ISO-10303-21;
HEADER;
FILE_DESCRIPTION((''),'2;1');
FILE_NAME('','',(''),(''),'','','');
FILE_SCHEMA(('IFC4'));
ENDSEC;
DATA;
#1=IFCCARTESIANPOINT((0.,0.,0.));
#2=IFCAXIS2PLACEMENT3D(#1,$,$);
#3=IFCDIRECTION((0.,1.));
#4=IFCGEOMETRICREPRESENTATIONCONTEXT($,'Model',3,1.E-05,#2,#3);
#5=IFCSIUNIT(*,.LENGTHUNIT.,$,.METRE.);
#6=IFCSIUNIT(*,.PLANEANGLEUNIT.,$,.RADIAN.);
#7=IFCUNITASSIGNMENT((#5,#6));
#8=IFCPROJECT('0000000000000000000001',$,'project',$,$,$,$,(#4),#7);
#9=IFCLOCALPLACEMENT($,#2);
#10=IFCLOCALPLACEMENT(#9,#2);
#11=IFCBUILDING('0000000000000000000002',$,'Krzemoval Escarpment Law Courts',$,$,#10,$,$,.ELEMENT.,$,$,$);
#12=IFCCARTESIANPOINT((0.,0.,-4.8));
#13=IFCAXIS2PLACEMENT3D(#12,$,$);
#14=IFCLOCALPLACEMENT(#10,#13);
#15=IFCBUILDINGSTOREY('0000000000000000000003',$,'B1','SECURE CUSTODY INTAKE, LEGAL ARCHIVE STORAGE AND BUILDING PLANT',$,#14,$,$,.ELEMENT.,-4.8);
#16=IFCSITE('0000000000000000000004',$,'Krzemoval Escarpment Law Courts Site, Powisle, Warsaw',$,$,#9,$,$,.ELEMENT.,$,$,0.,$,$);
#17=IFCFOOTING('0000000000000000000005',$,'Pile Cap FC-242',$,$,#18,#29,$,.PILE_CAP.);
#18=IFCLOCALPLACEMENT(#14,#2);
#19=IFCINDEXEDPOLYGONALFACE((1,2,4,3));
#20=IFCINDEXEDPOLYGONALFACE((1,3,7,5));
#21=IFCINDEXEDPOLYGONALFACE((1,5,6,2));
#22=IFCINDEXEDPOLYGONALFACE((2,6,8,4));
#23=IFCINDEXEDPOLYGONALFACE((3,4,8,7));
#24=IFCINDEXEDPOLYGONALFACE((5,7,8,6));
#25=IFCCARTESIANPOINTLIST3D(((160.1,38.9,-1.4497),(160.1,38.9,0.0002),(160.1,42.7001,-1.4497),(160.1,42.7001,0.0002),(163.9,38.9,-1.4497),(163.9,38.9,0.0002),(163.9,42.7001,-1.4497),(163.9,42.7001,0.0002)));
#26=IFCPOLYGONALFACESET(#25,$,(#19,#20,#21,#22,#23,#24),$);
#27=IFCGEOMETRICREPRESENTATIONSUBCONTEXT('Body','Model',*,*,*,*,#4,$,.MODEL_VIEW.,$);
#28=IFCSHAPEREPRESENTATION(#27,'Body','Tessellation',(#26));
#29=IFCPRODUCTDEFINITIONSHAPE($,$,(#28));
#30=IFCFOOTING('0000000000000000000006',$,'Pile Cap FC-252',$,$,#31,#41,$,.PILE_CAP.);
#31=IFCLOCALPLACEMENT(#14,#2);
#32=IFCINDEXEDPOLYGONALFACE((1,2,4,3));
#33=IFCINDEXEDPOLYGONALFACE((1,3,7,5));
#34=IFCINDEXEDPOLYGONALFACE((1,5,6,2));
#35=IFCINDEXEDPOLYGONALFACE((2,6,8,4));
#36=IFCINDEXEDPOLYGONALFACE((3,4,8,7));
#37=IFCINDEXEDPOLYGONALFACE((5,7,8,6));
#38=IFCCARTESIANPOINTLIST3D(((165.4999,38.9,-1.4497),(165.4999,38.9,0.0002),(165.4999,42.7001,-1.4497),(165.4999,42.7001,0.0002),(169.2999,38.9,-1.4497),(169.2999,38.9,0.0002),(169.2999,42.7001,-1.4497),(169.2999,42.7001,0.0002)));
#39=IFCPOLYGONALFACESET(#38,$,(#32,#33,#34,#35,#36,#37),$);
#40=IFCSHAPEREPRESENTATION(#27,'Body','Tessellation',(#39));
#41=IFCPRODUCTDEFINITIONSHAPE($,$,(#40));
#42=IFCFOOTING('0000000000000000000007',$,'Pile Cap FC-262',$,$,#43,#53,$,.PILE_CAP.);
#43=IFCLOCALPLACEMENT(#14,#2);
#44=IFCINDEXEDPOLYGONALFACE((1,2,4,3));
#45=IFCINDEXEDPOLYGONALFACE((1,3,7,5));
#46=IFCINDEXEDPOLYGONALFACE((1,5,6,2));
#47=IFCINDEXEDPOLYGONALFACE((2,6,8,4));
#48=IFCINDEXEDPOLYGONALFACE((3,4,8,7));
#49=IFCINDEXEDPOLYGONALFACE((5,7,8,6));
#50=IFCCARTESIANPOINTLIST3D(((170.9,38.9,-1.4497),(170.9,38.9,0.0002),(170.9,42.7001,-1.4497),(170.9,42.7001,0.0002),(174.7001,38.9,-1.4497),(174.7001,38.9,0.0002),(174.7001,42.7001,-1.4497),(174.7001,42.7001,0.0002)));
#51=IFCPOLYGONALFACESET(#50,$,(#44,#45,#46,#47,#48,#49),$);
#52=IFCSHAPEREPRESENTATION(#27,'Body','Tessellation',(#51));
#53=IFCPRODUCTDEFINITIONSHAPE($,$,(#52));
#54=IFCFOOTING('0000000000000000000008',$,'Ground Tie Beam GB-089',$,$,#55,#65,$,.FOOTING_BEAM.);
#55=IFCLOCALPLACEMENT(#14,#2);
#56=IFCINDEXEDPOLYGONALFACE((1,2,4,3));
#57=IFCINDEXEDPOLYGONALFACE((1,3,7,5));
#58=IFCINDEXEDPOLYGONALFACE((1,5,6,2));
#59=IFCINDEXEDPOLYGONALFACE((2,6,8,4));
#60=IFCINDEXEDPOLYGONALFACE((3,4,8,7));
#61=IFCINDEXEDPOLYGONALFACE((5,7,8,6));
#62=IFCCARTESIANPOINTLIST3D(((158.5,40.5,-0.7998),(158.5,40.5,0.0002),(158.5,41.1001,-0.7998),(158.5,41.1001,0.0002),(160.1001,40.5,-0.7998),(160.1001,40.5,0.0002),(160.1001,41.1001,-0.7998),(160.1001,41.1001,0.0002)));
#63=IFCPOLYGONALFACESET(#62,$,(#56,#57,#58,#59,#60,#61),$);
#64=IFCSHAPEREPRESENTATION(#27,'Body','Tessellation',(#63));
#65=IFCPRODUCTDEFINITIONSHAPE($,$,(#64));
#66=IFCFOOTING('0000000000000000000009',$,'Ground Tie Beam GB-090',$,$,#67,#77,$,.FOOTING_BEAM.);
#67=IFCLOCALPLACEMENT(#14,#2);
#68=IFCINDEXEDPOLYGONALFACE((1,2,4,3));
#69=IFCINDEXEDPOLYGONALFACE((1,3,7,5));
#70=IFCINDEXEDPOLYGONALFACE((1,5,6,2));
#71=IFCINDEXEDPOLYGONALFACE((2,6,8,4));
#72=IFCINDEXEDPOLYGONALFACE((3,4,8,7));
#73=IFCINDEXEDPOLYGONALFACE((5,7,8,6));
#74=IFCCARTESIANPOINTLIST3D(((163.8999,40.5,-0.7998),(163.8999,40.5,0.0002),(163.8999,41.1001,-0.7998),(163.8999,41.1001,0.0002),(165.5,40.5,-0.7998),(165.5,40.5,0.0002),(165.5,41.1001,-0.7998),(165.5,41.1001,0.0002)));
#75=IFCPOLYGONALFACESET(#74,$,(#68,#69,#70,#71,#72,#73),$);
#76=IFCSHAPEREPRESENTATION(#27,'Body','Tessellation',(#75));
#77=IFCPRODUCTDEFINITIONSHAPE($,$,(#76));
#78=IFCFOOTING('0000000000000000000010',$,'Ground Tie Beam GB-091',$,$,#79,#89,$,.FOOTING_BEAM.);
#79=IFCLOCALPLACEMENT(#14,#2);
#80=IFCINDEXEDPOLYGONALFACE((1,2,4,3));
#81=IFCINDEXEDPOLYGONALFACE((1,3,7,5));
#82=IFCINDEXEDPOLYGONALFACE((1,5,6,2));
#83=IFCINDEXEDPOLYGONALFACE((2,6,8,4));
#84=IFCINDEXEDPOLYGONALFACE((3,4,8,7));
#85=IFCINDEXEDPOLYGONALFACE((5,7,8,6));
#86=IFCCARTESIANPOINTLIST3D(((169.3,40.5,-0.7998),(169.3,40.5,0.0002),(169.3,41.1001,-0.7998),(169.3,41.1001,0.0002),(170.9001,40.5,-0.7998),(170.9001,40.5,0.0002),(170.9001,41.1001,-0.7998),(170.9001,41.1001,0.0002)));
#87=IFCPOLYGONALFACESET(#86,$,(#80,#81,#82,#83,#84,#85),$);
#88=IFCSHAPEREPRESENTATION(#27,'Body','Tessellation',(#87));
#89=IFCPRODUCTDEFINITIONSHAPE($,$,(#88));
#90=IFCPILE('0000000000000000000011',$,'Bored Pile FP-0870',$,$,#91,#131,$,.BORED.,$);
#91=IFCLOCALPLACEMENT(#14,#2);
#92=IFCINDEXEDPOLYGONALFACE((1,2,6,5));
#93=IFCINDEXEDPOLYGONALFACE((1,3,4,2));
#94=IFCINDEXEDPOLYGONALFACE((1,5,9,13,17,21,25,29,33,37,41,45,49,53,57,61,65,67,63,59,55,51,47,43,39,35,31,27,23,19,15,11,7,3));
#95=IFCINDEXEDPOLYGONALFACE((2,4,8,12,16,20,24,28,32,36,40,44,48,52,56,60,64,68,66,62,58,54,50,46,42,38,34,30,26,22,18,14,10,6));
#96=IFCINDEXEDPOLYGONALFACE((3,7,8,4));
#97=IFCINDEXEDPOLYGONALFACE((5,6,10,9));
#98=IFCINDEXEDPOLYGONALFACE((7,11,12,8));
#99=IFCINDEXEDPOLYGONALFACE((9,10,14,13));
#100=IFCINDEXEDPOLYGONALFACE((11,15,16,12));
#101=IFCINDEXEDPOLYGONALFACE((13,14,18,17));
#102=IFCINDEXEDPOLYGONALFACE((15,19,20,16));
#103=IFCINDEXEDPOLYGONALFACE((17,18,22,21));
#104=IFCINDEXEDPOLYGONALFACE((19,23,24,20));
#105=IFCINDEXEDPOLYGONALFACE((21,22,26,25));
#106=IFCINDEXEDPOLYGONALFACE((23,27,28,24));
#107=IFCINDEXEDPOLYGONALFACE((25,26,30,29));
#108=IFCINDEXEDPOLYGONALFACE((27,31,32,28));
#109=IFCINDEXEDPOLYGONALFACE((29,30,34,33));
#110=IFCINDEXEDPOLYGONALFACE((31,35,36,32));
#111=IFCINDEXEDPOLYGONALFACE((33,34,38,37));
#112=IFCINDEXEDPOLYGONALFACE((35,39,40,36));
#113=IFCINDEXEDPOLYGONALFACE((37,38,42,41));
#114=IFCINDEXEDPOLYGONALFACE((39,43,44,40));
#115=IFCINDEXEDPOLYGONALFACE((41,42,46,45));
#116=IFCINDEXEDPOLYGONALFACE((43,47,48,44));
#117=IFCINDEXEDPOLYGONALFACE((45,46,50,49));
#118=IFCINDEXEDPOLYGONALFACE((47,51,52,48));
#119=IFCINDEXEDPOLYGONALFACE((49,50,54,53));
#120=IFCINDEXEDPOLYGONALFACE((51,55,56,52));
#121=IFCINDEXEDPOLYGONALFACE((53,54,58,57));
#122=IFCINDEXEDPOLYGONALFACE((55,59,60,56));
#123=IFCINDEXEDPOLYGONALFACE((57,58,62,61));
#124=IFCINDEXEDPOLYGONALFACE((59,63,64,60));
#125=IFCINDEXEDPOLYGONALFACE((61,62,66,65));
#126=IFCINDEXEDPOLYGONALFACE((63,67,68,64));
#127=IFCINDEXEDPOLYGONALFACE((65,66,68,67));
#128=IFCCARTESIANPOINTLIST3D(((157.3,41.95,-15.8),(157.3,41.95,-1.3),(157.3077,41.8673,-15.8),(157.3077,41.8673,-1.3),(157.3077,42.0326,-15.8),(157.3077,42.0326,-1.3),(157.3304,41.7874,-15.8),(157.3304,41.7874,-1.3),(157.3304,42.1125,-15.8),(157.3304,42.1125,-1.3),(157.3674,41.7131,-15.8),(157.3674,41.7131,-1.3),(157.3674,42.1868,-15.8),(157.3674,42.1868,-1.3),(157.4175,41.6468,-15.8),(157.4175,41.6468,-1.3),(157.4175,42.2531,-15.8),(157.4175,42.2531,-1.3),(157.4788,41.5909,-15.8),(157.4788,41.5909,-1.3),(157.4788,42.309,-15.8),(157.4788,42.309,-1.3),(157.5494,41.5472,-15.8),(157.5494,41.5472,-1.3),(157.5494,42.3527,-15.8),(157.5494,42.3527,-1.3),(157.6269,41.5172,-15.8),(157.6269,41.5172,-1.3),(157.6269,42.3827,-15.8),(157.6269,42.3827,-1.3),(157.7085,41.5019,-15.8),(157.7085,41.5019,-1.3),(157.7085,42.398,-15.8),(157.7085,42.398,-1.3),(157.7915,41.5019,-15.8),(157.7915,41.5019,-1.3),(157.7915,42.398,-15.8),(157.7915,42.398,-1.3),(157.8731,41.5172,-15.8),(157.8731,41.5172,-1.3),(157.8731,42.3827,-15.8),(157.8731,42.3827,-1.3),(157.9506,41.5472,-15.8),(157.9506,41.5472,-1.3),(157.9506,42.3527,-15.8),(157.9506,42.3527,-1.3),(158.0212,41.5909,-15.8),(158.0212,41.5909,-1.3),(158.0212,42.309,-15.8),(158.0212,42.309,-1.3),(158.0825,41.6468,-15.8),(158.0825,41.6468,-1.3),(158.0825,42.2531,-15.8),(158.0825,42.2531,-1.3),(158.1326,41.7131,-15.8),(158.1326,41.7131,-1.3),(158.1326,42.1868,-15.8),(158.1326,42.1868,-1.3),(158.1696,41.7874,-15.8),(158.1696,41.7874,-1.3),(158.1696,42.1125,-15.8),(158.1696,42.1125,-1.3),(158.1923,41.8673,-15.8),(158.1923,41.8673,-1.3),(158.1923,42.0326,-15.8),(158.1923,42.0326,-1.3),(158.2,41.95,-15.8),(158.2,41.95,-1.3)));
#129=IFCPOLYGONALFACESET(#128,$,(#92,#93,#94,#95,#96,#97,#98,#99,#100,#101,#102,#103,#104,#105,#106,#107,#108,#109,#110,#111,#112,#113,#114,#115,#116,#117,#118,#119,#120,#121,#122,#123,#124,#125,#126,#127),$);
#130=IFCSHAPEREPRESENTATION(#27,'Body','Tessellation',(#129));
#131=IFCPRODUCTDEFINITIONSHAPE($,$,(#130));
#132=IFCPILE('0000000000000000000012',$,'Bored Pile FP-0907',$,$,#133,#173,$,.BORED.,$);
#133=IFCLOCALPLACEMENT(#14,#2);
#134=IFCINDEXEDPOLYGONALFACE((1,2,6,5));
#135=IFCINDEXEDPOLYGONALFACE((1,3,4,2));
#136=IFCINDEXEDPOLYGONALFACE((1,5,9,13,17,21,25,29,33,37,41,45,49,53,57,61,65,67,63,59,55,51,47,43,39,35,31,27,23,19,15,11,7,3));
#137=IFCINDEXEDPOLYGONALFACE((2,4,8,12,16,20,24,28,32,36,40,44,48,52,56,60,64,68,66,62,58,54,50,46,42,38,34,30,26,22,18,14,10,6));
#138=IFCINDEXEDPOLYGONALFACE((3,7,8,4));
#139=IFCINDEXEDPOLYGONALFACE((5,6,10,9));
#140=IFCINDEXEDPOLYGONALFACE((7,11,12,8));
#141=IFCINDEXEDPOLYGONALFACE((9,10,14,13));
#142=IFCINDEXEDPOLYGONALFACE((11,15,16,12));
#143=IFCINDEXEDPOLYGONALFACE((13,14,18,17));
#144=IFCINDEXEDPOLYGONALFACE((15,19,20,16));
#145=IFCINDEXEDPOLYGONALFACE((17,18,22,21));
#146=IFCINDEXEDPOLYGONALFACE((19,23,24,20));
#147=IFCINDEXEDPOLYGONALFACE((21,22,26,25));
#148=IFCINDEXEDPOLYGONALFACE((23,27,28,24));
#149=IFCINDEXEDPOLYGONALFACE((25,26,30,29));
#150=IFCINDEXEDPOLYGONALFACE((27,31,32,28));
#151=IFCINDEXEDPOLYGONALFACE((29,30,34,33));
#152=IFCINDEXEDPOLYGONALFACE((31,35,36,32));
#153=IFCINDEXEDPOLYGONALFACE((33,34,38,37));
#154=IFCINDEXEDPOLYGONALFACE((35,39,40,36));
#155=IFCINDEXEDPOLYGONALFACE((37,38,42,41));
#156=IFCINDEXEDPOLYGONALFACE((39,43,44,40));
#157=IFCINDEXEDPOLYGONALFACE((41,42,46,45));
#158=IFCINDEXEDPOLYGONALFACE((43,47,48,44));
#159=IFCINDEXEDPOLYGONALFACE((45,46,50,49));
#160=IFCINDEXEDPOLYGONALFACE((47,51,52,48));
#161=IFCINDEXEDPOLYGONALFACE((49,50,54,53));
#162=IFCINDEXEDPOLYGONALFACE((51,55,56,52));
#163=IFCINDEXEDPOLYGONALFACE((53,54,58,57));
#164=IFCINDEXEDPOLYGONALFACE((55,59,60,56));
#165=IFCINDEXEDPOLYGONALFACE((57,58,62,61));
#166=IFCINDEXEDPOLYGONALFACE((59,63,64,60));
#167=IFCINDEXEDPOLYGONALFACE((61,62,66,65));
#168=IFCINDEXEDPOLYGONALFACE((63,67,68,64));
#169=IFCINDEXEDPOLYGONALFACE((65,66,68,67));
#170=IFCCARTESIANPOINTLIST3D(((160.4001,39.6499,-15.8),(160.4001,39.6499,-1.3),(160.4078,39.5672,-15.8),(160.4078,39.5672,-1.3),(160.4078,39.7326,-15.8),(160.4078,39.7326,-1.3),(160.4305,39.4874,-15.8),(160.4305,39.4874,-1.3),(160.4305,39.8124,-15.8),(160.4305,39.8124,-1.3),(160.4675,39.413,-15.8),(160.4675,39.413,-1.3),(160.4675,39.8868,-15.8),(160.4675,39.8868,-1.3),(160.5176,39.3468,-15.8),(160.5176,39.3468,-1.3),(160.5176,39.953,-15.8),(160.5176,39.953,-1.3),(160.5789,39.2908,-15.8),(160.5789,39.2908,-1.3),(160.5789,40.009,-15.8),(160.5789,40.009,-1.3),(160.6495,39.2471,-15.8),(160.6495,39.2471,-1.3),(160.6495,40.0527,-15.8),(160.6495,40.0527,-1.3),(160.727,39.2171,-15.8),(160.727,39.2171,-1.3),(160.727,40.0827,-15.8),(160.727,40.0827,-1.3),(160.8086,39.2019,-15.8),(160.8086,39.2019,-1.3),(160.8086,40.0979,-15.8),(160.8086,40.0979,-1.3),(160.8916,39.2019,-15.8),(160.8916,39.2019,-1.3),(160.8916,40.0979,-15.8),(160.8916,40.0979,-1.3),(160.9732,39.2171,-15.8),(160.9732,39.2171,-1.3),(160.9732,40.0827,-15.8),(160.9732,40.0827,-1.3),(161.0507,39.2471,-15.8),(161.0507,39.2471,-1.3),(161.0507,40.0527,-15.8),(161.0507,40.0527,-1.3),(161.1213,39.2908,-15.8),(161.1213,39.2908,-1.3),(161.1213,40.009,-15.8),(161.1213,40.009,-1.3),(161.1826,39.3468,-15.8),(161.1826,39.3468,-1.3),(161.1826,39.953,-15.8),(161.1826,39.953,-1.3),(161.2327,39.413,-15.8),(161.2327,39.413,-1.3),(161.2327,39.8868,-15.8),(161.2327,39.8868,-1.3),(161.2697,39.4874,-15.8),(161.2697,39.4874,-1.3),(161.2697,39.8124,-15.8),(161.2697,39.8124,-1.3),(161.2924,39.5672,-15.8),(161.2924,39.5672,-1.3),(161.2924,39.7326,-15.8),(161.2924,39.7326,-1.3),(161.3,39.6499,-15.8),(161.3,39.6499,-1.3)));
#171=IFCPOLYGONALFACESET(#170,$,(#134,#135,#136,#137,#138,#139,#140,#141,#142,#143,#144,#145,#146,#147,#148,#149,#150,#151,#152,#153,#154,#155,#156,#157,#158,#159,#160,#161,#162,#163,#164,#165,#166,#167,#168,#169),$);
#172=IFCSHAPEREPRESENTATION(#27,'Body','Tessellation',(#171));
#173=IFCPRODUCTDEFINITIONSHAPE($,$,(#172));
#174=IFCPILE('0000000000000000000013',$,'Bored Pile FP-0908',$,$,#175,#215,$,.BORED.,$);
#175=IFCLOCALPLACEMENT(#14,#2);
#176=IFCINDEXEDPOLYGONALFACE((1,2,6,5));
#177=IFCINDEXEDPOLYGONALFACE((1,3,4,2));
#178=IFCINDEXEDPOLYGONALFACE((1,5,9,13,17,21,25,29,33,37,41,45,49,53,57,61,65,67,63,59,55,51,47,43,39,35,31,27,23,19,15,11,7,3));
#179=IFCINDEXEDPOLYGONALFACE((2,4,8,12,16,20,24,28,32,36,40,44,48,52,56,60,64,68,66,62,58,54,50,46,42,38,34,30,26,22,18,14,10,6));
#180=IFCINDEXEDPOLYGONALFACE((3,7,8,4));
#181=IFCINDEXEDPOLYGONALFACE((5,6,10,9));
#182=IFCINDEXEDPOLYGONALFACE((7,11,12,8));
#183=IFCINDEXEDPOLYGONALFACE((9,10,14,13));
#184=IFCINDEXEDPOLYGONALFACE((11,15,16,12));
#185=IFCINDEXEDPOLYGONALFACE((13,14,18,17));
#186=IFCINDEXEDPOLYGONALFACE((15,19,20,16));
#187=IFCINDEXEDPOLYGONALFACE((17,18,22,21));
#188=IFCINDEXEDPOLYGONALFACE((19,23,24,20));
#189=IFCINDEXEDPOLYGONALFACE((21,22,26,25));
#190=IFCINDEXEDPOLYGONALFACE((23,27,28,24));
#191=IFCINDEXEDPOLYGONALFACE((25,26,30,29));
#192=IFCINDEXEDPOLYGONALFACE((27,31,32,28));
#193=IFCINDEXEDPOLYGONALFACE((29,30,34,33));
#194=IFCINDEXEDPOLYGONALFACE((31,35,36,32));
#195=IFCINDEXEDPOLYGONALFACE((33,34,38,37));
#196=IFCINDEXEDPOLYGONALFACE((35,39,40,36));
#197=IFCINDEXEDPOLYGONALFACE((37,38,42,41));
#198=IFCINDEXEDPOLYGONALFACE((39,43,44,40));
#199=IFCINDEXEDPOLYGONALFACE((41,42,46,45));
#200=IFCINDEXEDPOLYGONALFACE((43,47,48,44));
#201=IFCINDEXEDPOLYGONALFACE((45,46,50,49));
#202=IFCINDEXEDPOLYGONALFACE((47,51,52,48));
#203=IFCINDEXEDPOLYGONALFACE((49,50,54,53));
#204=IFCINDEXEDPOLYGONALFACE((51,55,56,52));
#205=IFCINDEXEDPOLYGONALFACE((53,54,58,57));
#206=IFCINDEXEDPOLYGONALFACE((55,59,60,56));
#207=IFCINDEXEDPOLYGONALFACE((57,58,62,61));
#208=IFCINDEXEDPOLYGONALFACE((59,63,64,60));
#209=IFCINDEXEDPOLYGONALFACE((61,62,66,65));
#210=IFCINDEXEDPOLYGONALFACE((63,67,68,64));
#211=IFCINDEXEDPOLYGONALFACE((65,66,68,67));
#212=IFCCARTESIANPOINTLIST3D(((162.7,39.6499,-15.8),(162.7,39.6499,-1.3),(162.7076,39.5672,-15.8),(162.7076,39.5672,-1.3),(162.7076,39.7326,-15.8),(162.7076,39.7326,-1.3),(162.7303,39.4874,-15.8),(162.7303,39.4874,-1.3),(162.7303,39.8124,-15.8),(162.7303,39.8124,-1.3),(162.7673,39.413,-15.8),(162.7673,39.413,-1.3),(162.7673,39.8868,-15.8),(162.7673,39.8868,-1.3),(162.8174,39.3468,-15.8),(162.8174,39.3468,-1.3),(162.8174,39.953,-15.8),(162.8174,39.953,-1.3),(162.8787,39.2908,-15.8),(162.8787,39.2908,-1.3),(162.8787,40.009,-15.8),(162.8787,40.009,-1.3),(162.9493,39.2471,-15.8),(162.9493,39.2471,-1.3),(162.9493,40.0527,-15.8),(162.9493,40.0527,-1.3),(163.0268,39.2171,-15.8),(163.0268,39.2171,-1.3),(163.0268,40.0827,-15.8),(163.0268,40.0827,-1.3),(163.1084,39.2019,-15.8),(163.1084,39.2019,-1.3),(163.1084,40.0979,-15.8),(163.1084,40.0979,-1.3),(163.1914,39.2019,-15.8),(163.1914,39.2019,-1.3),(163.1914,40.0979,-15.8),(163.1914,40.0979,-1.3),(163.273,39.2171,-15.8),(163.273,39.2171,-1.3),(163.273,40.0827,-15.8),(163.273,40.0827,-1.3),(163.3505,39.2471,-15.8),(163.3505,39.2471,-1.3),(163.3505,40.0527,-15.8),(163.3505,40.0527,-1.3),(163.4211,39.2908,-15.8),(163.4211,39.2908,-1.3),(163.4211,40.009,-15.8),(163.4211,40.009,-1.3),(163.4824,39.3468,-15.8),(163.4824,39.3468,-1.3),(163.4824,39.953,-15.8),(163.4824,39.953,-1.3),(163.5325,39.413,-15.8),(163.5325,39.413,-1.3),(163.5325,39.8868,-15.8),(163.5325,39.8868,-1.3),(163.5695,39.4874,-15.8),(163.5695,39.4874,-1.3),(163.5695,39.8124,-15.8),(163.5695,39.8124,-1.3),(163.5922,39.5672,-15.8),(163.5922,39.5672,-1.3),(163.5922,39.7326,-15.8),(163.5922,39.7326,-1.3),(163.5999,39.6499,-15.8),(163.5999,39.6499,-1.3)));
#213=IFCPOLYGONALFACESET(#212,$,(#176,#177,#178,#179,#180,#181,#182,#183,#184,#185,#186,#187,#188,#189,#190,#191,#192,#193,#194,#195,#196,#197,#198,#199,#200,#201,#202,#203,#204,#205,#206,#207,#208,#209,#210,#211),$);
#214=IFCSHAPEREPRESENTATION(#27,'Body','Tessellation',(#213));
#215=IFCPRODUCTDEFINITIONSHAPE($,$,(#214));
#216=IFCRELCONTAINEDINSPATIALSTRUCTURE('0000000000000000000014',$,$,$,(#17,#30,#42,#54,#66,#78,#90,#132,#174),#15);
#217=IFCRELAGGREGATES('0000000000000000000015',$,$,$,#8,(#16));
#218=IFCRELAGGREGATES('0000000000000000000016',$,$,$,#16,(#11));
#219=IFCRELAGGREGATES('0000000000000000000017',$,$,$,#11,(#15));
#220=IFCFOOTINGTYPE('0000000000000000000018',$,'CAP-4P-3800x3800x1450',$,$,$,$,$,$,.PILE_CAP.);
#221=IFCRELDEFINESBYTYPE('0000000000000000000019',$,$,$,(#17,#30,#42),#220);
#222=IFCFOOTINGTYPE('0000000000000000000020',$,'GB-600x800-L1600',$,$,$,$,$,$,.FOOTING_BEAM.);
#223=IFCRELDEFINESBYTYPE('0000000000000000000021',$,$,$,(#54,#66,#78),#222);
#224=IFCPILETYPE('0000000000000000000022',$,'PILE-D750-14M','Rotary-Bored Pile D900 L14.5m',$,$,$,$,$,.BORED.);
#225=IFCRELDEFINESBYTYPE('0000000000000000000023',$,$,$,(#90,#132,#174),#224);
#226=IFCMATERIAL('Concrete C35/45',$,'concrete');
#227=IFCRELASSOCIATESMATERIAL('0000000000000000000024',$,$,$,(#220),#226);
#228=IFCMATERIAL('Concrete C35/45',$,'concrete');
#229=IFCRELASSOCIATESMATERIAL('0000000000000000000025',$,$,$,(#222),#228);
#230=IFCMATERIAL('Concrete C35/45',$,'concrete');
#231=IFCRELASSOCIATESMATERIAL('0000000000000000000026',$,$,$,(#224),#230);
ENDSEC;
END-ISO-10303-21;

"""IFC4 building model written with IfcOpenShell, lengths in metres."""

from ifc_helpers import new_model, si_unit, direction, frame, origin, origin_2d, place, context, subcontext, project, spatial, rectangle, circle, extrude, material, material_profile, profile_set, type_object, element, save


model = new_model("IFC4")

# Units and contexts
model_context = context("Model", 3, precision=1e-05, world=origin(), true_north=direction((0.0, 1.0)))
body_context = subcontext(model_context, "Body", "Model", "MODEL_VIEW")
ifc_project = project(units=[si_unit("LENGTHUNIT", "METRE"), si_unit("PLANEANGLEUNIT", "RADIAN")], contexts=[model_context])

# Site, building, storey
site_placement = place(None, origin())
site = spatial("IfcSite", under=ifc_project, at=site_placement, Name="Krzemoval Escarpment Law Courts Site, Powisle, Warsaw", CompositionType="ELEMENT", RefElevation=0.0)
building_placement = place(site_placement, origin())
building = spatial("IfcBuilding", under=site, at=building_placement, Name="Krzemoval Escarpment Law Courts", CompositionType="ELEMENT")
storey_placement = place(building_placement, frame((0.0, 0.0, -4.8)))
storey = spatial("IfcBuildingStorey", under=building, at=storey_placement, Name="B1", Description="SECURE CUSTODY INTAKE, LEGAL ARCHIVE STORAGE AND BUILDING PLANT", CompositionType="ELEMENT", Elevation=-4.8)

# Footings
ifc_material_1 = material(Name="Concrete C35/45", Category="concrete")
footing_type_1 = type_object("IfcFootingType", Name="CAP-4P-3800x3800x1450", PredefinedType="PILE_CAP", material=ifc_material_1)
for number, where, z_axis, x_axis, name in (
    (1, (162.0, 40.8, -1.4497), (0.0, 0.0, 1.0), (1.0, 0.0, 0.0), "Pile Cap FC-242"),
    (2, (167.3999, 40.8, -1.4497), (0.0, 0.0, 1.0), (1.0, 0.0, 0.0), "Pile Cap FC-252"),
    (3, (172.8, 40.8, -1.4497), (0.0, 0.0, 1.0), (1.0, 0.0, 0.0), "Pile Cap FC-262"),
):
    element("IfcFooting", number, at=place(storey_placement, frame(where, z_axis=z_axis, x_axis=x_axis)), inside=storey, type_object=footing_type_1, Name=name, PredefinedType="PILE_CAP", context=body_context, shape_type="SweptSolid", body=[
        extrude(rectangle(XDim=3.8, YDim=3.8, at=origin_2d()), origin(), (0.0, 0.0, 1.0), 1.45),
    ])
ifc_material_2 = material(Name="Concrete C35/45", Category="concrete")
footing_type_2 = type_object("IfcFootingType", Name="GB-600x800-L1600", PredefinedType="FOOTING_BEAM", material=ifc_material_2)
for number, where, z_axis, x_axis, name in (
    (4, (159.3, 40.8, -0.7998), (0.0, 0.0, 1.0), (1.0, 0.0, 0.0), "Ground Tie Beam GB-089"),
    (5, (164.7, 40.8, -0.7998), (0.0, 0.0, 1.0), (1.0, 0.0, 0.0), "Ground Tie Beam GB-090"),
    (6, (170.1001, 40.8, -0.7998), (0.0, 0.0, 1.0), (1.0, 0.0, 0.0), "Ground Tie Beam GB-091"),
):
    element("IfcFooting", number, at=place(storey_placement, frame(where, z_axis=z_axis, x_axis=x_axis)), inside=storey, type_object=footing_type_2, Name=name, PredefinedType="FOOTING_BEAM", context=body_context, shape_type="SweptSolid", body=[
        extrude(rectangle(XDim=1.6001, YDim=0.6001, at=origin_2d()), origin(), (0.0, 0.0, 1.0), 0.8),
    ])

# Piles
ifc_material_3 = material(Name="Concrete C35/45", Category="concrete")
ifc_material_profile_1 = material_profile(ifc_material_3, circle(Radius=0.45, at=origin_2d()), Name="PILE D900")
ifc_profile_set_1 = profile_set([ifc_material_profile_1], Name="Concrete C35/45")
pile_type = type_object("IfcPileType", Name="PILE-D750-14M", Description="Rotary-Bored Pile D900 L14.5m", PredefinedType="BORED", material=ifc_profile_set_1)
for number, where, z_axis, x_axis, name in (
    (7, (157.75, 41.95, -1.3), (0.0, 0.0, -1.0), (1.0, 0.0, 0.0), "Bored Pile FP-0870"),
    (8, (160.8501, 39.6499, -1.3), (0.0, 0.0, -1.0), (1.0, 0.0, 0.0), "Bored Pile FP-0907"),
    (9, (163.1499, 39.6499, -1.3), (0.0, 0.0, -1.0), (1.0, 0.0, 0.0), "Bored Pile FP-0908"),
):
    element("IfcPile", number, at=place(storey_placement, frame(where, z_axis=z_axis, x_axis=x_axis)), inside=storey, type_object=pile_type, Name=name, PredefinedType="BORED", context=body_context, shape_type="SweptSolid", body=[
        extrude(circle(Radius=0.45, at=origin_2d()), origin(), (0.0, 0.0, 1.0), 14.5),
    ])

save(model, "model.ifc")
